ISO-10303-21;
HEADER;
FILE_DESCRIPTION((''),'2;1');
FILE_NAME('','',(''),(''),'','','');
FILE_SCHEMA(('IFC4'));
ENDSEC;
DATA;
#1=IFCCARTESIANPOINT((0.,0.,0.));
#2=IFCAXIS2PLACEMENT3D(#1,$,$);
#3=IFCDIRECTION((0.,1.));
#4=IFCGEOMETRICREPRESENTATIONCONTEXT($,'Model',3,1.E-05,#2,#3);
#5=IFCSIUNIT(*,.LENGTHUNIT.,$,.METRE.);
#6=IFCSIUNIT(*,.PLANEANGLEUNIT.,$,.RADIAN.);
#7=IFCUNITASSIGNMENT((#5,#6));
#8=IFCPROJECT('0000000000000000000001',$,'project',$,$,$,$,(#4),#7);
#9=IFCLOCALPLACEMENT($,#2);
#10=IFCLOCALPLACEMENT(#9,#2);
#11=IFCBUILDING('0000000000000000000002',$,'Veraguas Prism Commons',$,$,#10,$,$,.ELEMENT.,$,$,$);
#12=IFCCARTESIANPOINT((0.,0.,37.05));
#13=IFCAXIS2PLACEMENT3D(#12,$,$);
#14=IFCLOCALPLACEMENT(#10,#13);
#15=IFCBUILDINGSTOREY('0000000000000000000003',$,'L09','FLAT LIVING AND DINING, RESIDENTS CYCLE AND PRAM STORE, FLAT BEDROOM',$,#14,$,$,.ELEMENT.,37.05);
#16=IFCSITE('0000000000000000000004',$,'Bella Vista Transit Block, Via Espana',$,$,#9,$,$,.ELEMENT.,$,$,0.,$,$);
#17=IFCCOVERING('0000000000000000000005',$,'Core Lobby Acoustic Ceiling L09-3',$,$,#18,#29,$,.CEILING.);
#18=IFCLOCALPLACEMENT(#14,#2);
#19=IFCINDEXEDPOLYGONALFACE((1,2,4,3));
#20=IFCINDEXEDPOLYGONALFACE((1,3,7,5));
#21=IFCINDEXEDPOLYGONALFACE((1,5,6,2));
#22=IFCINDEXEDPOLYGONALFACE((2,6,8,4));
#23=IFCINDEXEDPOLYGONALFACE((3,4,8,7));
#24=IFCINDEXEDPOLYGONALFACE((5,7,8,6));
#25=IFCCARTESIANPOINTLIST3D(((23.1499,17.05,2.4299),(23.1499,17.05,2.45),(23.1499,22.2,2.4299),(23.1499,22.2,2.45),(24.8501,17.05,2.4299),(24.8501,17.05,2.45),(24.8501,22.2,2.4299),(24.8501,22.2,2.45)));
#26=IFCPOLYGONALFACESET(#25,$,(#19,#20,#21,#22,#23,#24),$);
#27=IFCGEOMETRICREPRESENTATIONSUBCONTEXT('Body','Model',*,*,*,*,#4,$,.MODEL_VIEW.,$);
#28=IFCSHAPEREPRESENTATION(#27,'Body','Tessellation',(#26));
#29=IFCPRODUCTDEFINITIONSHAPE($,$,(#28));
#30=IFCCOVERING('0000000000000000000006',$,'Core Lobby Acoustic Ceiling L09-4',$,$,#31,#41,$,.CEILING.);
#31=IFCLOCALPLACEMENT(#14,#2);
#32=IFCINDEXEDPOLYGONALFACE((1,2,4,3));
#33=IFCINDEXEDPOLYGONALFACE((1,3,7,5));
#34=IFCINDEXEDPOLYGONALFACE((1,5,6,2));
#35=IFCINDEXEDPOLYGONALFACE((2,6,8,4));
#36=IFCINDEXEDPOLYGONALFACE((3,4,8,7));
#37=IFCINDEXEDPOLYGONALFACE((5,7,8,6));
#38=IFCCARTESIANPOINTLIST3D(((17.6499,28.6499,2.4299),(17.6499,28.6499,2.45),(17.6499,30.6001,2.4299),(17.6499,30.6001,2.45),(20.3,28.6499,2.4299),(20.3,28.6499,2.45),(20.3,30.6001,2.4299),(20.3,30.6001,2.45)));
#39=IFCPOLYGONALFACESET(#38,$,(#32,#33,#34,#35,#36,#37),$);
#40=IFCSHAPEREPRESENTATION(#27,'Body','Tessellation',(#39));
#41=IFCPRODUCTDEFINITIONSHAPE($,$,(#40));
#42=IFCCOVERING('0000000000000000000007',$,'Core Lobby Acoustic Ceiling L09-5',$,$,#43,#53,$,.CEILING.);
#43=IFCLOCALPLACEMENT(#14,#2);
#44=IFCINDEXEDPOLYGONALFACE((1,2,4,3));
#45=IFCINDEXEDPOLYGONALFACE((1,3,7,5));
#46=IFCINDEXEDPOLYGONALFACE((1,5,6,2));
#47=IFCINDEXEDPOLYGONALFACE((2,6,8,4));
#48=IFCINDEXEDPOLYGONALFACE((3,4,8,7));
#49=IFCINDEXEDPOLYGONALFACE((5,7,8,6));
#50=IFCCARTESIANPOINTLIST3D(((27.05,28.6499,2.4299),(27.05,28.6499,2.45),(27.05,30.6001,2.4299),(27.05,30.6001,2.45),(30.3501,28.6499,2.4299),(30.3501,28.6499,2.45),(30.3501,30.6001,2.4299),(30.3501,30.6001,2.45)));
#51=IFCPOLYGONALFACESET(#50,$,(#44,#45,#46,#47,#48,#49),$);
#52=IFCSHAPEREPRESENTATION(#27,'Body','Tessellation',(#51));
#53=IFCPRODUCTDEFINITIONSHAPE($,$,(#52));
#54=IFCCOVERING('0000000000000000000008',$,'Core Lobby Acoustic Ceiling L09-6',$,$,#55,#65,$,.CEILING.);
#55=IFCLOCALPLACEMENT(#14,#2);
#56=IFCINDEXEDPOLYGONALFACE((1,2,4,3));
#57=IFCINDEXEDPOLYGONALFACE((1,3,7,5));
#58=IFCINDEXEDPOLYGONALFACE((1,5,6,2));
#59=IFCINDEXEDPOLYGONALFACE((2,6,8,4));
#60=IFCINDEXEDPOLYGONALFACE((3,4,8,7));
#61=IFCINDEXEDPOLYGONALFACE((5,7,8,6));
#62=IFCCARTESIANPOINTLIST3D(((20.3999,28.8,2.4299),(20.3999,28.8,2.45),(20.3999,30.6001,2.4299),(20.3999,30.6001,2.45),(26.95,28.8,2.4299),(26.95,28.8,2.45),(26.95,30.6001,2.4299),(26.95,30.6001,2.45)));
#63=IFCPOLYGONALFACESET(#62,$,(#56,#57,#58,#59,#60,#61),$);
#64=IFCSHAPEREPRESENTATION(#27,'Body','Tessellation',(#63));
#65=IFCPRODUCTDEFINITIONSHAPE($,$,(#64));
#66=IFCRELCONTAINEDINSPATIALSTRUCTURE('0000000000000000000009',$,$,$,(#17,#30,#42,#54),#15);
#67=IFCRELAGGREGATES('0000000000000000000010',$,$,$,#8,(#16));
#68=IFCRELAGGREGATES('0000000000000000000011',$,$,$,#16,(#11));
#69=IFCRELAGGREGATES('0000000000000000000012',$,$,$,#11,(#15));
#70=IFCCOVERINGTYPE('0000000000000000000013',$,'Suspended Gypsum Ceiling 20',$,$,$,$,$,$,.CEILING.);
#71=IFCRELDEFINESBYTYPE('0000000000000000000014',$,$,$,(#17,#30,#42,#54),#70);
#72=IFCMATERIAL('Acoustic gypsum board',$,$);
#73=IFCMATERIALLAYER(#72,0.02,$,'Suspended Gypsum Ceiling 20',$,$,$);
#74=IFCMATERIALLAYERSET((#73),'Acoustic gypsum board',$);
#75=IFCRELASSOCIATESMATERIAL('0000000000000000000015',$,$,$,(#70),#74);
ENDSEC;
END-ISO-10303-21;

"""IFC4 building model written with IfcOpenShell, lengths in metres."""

from ifc_helpers import new_model, si_unit, direction, frame, origin, place, context, subcontext, project, spatial, polyline, outline, extrude, material, layer, layer_set, type_object, element, save


model = new_model("IFC4")

# Units and contexts
model_context = context("Model", 3, precision=1e-05, world=origin(), true_north=direction((0.0, 1.0)))
body_context = subcontext(model_context, "Body", "Model", "MODEL_VIEW")
ifc_project = project(units=[si_unit("LENGTHUNIT", "METRE"), si_unit("PLANEANGLEUNIT", "RADIAN")], contexts=[model_context])

# Site, building, storey
site_placement = place(None, origin())
site = spatial("IfcSite", under=ifc_project, at=site_placement, Name="Bella Vista Transit Block, Via Espana", CompositionType="ELEMENT", RefElevation=0.0)
building_placement = place(site_placement, origin())
building = spatial("IfcBuilding", under=site, at=building_placement, Name="Veraguas Prism Commons", CompositionType="ELEMENT")
storey_placement = place(building_placement, frame((0.0, 0.0, 37.05)))
storey = spatial("IfcBuildingStorey", under=building, at=storey_placement, Name="L09", Description="FLAT LIVING AND DINING, RESIDENTS CYCLE AND PRAM STORE, FLAT BEDROOM", CompositionType="ELEMENT", Elevation=37.05)

# Coverings
ifc_material_1 = material(Name="Acoustic gypsum board")
ifc_layer_1 = layer(ifc_material_1, 0.02, Name="Suspended Gypsum Ceiling 20")
ifc_layer_set_1 = layer_set([ifc_layer_1], Name="Acoustic gypsum board")
covering_type_1 = type_object("IfcCoveringType", Name="Suspended Gypsum Ceiling 20", PredefinedType="CEILING", material=ifc_layer_set_1)
covering_1_placement = place(storey_placement, frame((0.0, 0.0, 2.4299)))
element("IfcCovering", 1, at=covering_1_placement, inside=storey, type_object=covering_type_1, Name="Core Lobby Acoustic Ceiling L09-3", PredefinedType="CEILING", context=body_context, shape_type="SweptSolid", body=[
    extrude(outline(polyline([(23.1499, 17.05), (24.8501, 17.05), (24.8501, 22.2), (23.1499, 22.2), (23.1499, 17.05)])), origin(), (0.0, 0.0, 1.0), 0.02),
])
covering_2_placement = place(storey_placement, frame((0.0, 0.0, 2.4299)))
element("IfcCovering", 2, at=covering_2_placement, inside=storey, type_object=covering_type_1, Name="Core Lobby Acoustic Ceiling L09-4", PredefinedType="CEILING", context=body_context, shape_type="SweptSolid", body=[
    extrude(outline(polyline([(17.6499, 28.6499), (20.3, 28.6499), (20.3, 30.6001), (17.6499, 30.6001), (17.6499, 28.6499)])), origin(), (0.0, 0.0, 1.0), 0.02),
])
covering_3_placement = place(storey_placement, frame((0.0, 0.0, 2.4299)))
element("IfcCovering", 3, at=covering_3_placement, inside=storey, type_object=covering_type_1, Name="Core Lobby Acoustic Ceiling L09-5", PredefinedType="CEILING", context=body_context, shape_type="SweptSolid", body=[
    extrude(outline(polyline([(27.05, 28.6499), (30.3501, 28.6499), (30.3501, 30.6001), (27.05, 30.6001), (27.05, 28.6499)])), origin(), (0.0, 0.0, 1.0), 0.02),
])
covering_4_placement = place(storey_placement, frame((0.0, 0.0, 2.4299)))
element("IfcCovering", 4, at=covering_4_placement, inside=storey, type_object=covering_type_1, Name="Core Lobby Acoustic Ceiling L09-6", PredefinedType="CEILING", context=body_context, shape_type="SweptSolid", body=[
    extrude(outline(polyline([(20.3999, 28.8), (26.95, 28.8), (26.95, 30.6001), (20.3999, 30.6001), (20.3999, 28.8)])), origin(), (0.0, 0.0, 1.0), 0.02),
])

save(model, "model.ifc")
